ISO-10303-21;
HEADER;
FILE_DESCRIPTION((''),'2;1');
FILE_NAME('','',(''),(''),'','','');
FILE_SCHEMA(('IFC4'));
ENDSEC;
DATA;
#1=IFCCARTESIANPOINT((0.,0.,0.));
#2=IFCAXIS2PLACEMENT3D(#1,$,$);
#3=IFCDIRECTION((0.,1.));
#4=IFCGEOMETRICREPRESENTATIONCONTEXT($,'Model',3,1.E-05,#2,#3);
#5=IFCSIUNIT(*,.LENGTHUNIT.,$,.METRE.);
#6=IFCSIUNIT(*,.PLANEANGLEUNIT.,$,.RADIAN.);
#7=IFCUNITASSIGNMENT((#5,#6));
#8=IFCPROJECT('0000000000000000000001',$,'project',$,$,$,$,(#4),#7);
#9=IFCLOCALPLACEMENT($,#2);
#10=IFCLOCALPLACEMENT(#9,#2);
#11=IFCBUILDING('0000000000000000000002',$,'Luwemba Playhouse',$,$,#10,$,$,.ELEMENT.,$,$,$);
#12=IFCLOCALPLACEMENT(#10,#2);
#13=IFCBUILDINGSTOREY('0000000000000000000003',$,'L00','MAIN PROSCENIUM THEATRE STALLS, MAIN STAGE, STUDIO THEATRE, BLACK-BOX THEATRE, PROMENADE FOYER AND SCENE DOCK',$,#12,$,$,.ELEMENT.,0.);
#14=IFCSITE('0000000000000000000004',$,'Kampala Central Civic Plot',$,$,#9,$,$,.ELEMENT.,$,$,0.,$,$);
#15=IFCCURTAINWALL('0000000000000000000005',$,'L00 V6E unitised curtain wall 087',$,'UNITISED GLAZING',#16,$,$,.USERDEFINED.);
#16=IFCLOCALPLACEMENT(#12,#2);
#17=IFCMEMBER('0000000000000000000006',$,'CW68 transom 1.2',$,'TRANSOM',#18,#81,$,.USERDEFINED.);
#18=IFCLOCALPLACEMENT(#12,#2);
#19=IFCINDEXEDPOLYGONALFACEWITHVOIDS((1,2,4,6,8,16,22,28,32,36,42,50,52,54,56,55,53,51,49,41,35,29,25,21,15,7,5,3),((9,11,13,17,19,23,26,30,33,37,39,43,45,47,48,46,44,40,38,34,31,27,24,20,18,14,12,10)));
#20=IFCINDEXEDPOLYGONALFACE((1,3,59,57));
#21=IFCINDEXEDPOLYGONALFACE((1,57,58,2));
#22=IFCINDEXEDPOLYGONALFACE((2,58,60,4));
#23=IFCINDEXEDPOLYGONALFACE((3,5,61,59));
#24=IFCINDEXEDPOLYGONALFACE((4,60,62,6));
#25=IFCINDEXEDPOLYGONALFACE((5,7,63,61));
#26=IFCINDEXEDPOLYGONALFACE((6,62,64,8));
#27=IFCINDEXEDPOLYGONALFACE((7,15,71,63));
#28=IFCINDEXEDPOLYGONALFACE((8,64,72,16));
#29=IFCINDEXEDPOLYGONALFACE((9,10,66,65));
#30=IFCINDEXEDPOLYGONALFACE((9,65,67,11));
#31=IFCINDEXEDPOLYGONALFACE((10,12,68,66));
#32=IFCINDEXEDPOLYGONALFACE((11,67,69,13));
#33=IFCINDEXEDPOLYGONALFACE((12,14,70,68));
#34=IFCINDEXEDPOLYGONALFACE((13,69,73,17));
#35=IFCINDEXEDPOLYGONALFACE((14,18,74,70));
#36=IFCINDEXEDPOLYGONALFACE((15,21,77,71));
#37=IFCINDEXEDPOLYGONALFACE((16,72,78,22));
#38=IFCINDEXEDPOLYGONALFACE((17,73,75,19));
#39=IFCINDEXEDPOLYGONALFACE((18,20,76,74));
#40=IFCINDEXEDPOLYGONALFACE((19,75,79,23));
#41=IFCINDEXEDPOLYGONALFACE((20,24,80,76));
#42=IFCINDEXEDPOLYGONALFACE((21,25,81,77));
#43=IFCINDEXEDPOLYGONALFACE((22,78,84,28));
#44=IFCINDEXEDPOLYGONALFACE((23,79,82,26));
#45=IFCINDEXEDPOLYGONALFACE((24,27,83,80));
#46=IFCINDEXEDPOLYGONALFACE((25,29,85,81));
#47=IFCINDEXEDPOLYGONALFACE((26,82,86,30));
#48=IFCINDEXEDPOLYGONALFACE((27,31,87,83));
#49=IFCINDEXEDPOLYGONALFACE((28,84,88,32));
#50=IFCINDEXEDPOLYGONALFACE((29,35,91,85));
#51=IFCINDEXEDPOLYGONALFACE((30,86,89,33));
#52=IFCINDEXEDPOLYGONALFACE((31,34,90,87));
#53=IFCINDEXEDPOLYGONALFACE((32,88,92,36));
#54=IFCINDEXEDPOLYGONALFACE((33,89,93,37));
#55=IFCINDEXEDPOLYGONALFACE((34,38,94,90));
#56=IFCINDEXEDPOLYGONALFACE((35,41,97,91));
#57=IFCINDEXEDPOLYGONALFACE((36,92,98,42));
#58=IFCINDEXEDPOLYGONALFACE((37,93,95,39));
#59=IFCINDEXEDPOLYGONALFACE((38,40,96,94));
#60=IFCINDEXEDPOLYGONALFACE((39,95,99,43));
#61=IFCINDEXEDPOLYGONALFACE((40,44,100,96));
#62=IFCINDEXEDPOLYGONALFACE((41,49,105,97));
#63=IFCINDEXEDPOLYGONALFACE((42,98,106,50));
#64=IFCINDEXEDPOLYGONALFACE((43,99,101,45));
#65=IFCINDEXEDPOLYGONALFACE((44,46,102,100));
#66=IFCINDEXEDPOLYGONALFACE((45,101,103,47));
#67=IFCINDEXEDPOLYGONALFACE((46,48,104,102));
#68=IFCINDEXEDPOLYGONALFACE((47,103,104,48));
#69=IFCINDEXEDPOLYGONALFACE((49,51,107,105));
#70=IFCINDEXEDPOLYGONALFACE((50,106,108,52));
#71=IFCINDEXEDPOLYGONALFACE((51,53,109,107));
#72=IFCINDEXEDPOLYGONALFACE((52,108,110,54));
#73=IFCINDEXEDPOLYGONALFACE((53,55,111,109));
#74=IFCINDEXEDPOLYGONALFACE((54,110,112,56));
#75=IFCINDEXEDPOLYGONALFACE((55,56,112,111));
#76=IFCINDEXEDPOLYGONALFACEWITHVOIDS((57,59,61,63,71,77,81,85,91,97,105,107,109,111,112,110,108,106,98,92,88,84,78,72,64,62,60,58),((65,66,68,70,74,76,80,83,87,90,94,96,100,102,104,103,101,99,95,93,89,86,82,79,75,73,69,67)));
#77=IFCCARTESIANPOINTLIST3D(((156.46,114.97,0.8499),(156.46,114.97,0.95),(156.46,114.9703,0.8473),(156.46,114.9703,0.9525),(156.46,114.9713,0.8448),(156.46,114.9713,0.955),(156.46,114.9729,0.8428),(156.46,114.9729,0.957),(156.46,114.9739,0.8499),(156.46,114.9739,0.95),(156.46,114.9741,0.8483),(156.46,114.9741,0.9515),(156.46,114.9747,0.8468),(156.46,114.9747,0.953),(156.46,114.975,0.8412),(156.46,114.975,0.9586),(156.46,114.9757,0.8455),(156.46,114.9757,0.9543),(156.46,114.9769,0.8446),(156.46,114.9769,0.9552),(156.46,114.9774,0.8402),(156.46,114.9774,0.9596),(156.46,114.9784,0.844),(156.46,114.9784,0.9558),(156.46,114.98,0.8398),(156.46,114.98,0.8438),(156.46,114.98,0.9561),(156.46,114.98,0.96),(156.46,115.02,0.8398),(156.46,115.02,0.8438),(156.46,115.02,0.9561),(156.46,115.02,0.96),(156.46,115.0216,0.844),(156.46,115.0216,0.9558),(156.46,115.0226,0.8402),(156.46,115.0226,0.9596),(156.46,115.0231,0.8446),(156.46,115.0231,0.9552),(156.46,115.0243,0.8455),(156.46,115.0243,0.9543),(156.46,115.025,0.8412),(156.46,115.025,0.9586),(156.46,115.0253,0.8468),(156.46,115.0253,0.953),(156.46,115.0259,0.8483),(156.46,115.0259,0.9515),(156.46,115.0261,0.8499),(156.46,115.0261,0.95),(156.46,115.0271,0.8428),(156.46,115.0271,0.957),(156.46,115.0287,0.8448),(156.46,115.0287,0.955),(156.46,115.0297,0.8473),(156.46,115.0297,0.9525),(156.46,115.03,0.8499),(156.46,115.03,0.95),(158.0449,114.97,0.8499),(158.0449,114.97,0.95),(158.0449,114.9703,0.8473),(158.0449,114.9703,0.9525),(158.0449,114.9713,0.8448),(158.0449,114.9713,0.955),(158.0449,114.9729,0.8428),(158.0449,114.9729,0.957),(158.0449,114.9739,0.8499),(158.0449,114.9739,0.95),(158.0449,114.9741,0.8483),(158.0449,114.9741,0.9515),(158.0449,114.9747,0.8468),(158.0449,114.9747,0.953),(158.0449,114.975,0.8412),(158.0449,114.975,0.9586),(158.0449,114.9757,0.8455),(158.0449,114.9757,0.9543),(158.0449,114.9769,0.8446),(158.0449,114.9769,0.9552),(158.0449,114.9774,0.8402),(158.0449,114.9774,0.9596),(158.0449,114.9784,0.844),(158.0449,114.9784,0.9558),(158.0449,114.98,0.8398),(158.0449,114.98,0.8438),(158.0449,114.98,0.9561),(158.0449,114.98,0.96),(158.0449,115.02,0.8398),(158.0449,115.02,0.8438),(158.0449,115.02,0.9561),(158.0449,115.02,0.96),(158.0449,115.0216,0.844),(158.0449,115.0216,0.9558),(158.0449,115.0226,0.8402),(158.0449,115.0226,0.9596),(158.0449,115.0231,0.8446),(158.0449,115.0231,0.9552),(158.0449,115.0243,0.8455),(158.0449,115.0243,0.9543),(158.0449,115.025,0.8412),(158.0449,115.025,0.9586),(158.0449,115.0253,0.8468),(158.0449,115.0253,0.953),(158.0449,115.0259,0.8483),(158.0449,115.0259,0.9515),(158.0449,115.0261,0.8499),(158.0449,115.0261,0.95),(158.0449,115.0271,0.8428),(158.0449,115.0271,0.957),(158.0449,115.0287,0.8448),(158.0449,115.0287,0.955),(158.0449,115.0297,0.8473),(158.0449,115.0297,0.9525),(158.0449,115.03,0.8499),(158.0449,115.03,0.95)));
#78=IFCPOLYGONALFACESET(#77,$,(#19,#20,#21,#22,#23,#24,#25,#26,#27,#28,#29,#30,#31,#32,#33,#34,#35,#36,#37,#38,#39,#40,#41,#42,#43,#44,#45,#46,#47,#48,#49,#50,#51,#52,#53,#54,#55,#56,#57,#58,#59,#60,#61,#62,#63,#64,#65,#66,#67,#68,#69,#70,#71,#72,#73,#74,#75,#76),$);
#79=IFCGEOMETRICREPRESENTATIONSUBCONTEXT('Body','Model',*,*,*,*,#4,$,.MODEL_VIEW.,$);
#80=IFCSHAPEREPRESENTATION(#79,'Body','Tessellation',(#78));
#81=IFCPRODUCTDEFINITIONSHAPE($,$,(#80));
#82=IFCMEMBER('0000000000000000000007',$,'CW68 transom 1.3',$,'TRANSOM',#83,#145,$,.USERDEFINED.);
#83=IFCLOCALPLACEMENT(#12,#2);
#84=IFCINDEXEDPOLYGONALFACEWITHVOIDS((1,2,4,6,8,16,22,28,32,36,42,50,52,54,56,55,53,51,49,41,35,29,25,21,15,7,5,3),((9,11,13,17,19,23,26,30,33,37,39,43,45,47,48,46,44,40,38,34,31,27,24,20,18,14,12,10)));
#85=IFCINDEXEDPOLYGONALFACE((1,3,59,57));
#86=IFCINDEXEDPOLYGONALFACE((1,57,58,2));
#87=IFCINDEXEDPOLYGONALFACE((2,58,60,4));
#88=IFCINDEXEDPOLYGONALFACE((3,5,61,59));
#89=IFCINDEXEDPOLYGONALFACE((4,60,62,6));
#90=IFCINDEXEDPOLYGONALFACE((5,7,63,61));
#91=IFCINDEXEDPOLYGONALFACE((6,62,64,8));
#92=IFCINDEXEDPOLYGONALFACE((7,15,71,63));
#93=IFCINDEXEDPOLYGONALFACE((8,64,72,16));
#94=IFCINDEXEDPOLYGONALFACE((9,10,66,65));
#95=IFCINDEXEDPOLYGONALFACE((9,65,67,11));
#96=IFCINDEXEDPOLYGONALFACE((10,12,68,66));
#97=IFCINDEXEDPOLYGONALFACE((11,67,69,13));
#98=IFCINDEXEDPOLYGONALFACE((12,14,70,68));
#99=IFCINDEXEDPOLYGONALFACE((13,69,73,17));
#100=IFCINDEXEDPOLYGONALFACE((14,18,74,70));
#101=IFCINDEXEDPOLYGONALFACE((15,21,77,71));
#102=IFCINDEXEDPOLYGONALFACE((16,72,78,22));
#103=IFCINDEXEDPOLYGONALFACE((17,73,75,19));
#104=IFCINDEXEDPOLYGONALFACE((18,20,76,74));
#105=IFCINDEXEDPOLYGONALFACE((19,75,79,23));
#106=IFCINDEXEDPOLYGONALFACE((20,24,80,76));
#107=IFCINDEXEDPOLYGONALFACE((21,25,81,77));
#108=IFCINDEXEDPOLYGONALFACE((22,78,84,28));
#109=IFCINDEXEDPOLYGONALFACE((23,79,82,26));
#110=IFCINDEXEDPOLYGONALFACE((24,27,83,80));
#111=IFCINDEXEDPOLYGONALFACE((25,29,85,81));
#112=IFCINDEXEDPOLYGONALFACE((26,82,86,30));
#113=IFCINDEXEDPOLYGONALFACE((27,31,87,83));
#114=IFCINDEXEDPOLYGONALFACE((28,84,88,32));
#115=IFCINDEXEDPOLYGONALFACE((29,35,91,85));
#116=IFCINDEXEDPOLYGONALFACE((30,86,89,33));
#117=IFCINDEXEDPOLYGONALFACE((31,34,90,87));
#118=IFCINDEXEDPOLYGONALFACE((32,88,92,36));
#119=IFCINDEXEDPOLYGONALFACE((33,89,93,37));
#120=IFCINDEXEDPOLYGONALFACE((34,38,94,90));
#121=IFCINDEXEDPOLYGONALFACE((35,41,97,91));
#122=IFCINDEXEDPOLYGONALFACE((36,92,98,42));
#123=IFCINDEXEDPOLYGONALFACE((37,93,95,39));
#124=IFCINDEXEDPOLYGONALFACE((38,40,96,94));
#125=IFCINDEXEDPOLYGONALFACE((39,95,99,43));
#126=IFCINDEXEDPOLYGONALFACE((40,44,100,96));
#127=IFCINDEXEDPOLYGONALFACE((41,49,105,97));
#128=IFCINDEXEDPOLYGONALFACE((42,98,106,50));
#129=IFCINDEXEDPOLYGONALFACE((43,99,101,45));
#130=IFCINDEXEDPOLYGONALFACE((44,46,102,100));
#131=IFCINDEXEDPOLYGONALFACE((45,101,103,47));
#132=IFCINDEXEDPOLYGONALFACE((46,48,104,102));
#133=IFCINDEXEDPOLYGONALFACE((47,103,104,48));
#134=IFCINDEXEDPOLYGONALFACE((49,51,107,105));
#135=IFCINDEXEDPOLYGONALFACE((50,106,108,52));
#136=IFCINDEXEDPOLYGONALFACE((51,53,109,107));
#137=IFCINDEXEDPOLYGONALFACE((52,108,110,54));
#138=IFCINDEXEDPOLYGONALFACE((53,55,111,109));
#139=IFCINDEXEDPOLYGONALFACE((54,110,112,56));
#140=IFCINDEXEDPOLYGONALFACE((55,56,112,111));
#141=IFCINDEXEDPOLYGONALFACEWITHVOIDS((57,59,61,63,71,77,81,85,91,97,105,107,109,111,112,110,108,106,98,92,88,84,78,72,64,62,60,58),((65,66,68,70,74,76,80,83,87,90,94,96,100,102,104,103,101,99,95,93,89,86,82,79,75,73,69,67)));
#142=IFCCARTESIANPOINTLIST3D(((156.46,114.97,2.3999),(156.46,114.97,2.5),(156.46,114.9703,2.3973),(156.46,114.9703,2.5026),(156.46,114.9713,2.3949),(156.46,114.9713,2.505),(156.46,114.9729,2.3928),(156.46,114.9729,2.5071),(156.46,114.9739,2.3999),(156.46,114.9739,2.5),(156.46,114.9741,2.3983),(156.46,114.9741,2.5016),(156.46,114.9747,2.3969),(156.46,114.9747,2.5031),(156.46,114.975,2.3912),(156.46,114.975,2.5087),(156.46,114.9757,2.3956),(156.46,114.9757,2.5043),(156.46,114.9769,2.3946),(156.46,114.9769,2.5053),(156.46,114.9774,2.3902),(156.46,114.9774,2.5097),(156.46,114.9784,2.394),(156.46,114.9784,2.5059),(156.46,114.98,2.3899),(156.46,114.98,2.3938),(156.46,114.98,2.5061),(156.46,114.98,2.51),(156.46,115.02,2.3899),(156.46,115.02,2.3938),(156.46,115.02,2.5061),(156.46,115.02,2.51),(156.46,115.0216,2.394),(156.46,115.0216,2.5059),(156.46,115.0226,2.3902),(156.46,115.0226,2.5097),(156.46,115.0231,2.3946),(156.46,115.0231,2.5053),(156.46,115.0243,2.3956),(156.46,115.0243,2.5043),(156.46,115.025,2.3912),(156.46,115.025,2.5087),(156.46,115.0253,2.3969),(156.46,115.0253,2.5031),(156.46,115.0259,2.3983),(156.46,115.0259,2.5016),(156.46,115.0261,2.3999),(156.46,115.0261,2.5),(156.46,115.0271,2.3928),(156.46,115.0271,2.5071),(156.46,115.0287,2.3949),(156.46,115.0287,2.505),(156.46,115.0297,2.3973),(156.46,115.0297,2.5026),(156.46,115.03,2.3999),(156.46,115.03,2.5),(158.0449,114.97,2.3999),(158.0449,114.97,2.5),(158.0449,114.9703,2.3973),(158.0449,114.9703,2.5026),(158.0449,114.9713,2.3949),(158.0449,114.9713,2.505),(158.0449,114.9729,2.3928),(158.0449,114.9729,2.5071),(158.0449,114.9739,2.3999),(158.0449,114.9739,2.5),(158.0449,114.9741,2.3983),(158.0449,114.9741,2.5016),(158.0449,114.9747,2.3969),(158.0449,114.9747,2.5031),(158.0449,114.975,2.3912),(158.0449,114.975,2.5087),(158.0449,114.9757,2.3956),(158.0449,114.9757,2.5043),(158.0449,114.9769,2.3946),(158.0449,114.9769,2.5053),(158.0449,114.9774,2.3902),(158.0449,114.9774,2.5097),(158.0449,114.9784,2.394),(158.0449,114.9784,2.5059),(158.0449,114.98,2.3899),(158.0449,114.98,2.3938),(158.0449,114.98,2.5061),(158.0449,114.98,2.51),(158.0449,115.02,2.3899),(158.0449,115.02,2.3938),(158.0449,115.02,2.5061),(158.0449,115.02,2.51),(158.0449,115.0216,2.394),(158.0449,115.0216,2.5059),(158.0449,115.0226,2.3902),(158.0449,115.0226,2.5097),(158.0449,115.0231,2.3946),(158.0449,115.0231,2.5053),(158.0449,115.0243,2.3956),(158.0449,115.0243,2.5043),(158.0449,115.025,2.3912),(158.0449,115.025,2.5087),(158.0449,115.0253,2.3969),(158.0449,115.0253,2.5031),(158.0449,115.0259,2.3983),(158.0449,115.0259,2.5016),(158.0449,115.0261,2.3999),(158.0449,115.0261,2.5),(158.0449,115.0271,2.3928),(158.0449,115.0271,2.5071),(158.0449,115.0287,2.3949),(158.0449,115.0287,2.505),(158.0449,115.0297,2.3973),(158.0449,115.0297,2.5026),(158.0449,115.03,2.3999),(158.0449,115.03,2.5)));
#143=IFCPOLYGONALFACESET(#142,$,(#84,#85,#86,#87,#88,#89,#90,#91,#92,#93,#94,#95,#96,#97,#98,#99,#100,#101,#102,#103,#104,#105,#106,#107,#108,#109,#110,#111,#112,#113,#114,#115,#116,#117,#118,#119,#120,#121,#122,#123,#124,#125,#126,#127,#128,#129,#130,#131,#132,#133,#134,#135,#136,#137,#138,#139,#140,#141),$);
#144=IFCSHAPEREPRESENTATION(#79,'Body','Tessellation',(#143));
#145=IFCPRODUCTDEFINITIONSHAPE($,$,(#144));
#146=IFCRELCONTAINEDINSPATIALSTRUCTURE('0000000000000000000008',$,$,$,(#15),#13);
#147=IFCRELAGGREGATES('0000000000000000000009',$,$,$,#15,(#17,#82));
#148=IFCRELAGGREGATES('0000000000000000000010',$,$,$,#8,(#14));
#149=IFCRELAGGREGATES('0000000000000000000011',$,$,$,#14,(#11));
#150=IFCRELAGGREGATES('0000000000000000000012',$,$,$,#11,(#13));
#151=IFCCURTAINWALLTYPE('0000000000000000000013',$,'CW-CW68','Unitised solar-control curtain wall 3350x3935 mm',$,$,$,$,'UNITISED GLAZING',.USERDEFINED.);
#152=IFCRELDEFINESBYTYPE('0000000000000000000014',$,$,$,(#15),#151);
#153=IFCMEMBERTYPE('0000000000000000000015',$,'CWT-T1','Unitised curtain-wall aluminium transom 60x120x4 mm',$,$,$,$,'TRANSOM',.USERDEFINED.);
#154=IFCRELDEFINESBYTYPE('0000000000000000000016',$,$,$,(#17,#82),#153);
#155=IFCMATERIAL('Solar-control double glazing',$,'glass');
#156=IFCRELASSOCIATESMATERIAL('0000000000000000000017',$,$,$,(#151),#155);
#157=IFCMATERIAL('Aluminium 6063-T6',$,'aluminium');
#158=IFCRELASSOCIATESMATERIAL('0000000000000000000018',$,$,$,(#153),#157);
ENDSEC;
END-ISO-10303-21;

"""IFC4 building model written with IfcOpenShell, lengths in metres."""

from ifc_helpers import new_model, si_unit, direction, frame, origin, origin_2d, place, context, subcontext, project, spatial, hollow_rectangle, extrude, material, material_profile, profile_set, type_object, element, aggregate, save


model = new_model("IFC4")

# Units and contexts
model_context = context("Model", 3, precision=1e-05, world=origin(), true_north=direction((0.0, 1.0)))
body_context = subcontext(model_context, "Body", "Model", "MODEL_VIEW")
ifc_project = project(units=[si_unit("LENGTHUNIT", "METRE"), si_unit("PLANEANGLEUNIT", "RADIAN")], contexts=[model_context])

# Site, building, storey
site_placement = place(None, origin())
site = spatial("IfcSite", under=ifc_project, at=site_placement, Name="Kampala Central Civic Plot", CompositionType="ELEMENT", RefElevation=0.0)
building_placement = place(site_placement, origin())
building = spatial("IfcBuilding", under=site, at=building_placement, Name="Luwemba Playhouse", CompositionType="ELEMENT")
storey_placement = place(building_placement, origin())
storey = spatial("IfcBuildingStorey", under=building, at=storey_placement, Name="L00", Description="MAIN PROSCENIUM THEATRE STALLS, MAIN STAGE, STUDIO THEATRE, BLACK-BOX THEATRE, PROMENADE FOYER AND SCENE DOCK", CompositionType="ELEMENT", Elevation=0.0)

# Curtain wall, members
ifc_material_1 = material(Name="Solar-control double glazing", Category="glass")
curtain_wall_type = type_object("IfcCurtainWallType", Name="CW-CW68", Description="Unitised solar-control curtain wall 3350x3935 mm", ElementType="UNITISED GLAZING", PredefinedType="USERDEFINED", material=ifc_material_1)
curtain_wall_placement = place(storey_placement, origin())
curtain_wall = element("IfcCurtainWall", 1, at=curtain_wall_placement, inside=storey, type_object=curtain_wall_type, Name="L00 V6E unitised curtain wall 087", ObjectType="UNITISED GLAZING", PredefinedType="USERDEFINED")
ifc_material_2 = material(Name="Aluminium 6063-T6", Category="aluminium")
ifc_material_profile_1 = material_profile(ifc_material_2, hollow_rectangle(XDim=0.0601, YDim=0.1201, WallThickness=0.0039, InnerFilletRadius=0.0061, OuterFilletRadius=0.01, at=origin_2d()))
ifc_profile_set_1 = profile_set([ifc_material_profile_1], Name="Aluminium 6063-T6")
member_type_1 = type_object("IfcMemberType", Name="CWT-T1", Description="Unitised curtain-wall aluminium transom 60x120x4 mm", ElementType="TRANSOM", PredefinedType="USERDEFINED", material=ifc_profile_set_1)
member_1_placement = place(storey_placement, frame((156.46, 115.0, 0.8999), z_axis=(1.0, 0.0, 0.0), x_axis=(0.0, 1.0, 0.0)))
member_1 = element("IfcMember", 2, at=member_1_placement, type_object=member_type_1, Name="CW68 transom 1.2", ObjectType="TRANSOM", PredefinedType="USERDEFINED", context=body_context, shape_type="SweptSolid", body=[
    extrude(hollow_rectangle(XDim=0.0601, YDim=0.1201, WallThickness=0.0039, InnerFilletRadius=0.0061, OuterFilletRadius=0.01, at=origin_2d()), origin(), (0.0, 0.0, 1.0), 1.585),
])
member_2_placement = place(storey_placement, frame((156.46, 115.0, 2.45), z_axis=(1.0, 0.0, 0.0), x_axis=(0.0, 1.0, 0.0)))
member_2 = element("IfcMember", 3, at=member_2_placement, type_object=member_type_1, Name="CW68 transom 1.3", ObjectType="TRANSOM", PredefinedType="USERDEFINED", context=body_context, shape_type="SweptSolid", body=[
    extrude(hollow_rectangle(XDim=0.0601, YDim=0.1201, WallThickness=0.0039, InnerFilletRadius=0.0061, OuterFilletRadius=0.01, at=origin_2d()), origin(), (0.0, 0.0, 1.0), 1.585),
])
aggregate(curtain_wall, [member_1, member_2])

save(model, "model.ifc")
